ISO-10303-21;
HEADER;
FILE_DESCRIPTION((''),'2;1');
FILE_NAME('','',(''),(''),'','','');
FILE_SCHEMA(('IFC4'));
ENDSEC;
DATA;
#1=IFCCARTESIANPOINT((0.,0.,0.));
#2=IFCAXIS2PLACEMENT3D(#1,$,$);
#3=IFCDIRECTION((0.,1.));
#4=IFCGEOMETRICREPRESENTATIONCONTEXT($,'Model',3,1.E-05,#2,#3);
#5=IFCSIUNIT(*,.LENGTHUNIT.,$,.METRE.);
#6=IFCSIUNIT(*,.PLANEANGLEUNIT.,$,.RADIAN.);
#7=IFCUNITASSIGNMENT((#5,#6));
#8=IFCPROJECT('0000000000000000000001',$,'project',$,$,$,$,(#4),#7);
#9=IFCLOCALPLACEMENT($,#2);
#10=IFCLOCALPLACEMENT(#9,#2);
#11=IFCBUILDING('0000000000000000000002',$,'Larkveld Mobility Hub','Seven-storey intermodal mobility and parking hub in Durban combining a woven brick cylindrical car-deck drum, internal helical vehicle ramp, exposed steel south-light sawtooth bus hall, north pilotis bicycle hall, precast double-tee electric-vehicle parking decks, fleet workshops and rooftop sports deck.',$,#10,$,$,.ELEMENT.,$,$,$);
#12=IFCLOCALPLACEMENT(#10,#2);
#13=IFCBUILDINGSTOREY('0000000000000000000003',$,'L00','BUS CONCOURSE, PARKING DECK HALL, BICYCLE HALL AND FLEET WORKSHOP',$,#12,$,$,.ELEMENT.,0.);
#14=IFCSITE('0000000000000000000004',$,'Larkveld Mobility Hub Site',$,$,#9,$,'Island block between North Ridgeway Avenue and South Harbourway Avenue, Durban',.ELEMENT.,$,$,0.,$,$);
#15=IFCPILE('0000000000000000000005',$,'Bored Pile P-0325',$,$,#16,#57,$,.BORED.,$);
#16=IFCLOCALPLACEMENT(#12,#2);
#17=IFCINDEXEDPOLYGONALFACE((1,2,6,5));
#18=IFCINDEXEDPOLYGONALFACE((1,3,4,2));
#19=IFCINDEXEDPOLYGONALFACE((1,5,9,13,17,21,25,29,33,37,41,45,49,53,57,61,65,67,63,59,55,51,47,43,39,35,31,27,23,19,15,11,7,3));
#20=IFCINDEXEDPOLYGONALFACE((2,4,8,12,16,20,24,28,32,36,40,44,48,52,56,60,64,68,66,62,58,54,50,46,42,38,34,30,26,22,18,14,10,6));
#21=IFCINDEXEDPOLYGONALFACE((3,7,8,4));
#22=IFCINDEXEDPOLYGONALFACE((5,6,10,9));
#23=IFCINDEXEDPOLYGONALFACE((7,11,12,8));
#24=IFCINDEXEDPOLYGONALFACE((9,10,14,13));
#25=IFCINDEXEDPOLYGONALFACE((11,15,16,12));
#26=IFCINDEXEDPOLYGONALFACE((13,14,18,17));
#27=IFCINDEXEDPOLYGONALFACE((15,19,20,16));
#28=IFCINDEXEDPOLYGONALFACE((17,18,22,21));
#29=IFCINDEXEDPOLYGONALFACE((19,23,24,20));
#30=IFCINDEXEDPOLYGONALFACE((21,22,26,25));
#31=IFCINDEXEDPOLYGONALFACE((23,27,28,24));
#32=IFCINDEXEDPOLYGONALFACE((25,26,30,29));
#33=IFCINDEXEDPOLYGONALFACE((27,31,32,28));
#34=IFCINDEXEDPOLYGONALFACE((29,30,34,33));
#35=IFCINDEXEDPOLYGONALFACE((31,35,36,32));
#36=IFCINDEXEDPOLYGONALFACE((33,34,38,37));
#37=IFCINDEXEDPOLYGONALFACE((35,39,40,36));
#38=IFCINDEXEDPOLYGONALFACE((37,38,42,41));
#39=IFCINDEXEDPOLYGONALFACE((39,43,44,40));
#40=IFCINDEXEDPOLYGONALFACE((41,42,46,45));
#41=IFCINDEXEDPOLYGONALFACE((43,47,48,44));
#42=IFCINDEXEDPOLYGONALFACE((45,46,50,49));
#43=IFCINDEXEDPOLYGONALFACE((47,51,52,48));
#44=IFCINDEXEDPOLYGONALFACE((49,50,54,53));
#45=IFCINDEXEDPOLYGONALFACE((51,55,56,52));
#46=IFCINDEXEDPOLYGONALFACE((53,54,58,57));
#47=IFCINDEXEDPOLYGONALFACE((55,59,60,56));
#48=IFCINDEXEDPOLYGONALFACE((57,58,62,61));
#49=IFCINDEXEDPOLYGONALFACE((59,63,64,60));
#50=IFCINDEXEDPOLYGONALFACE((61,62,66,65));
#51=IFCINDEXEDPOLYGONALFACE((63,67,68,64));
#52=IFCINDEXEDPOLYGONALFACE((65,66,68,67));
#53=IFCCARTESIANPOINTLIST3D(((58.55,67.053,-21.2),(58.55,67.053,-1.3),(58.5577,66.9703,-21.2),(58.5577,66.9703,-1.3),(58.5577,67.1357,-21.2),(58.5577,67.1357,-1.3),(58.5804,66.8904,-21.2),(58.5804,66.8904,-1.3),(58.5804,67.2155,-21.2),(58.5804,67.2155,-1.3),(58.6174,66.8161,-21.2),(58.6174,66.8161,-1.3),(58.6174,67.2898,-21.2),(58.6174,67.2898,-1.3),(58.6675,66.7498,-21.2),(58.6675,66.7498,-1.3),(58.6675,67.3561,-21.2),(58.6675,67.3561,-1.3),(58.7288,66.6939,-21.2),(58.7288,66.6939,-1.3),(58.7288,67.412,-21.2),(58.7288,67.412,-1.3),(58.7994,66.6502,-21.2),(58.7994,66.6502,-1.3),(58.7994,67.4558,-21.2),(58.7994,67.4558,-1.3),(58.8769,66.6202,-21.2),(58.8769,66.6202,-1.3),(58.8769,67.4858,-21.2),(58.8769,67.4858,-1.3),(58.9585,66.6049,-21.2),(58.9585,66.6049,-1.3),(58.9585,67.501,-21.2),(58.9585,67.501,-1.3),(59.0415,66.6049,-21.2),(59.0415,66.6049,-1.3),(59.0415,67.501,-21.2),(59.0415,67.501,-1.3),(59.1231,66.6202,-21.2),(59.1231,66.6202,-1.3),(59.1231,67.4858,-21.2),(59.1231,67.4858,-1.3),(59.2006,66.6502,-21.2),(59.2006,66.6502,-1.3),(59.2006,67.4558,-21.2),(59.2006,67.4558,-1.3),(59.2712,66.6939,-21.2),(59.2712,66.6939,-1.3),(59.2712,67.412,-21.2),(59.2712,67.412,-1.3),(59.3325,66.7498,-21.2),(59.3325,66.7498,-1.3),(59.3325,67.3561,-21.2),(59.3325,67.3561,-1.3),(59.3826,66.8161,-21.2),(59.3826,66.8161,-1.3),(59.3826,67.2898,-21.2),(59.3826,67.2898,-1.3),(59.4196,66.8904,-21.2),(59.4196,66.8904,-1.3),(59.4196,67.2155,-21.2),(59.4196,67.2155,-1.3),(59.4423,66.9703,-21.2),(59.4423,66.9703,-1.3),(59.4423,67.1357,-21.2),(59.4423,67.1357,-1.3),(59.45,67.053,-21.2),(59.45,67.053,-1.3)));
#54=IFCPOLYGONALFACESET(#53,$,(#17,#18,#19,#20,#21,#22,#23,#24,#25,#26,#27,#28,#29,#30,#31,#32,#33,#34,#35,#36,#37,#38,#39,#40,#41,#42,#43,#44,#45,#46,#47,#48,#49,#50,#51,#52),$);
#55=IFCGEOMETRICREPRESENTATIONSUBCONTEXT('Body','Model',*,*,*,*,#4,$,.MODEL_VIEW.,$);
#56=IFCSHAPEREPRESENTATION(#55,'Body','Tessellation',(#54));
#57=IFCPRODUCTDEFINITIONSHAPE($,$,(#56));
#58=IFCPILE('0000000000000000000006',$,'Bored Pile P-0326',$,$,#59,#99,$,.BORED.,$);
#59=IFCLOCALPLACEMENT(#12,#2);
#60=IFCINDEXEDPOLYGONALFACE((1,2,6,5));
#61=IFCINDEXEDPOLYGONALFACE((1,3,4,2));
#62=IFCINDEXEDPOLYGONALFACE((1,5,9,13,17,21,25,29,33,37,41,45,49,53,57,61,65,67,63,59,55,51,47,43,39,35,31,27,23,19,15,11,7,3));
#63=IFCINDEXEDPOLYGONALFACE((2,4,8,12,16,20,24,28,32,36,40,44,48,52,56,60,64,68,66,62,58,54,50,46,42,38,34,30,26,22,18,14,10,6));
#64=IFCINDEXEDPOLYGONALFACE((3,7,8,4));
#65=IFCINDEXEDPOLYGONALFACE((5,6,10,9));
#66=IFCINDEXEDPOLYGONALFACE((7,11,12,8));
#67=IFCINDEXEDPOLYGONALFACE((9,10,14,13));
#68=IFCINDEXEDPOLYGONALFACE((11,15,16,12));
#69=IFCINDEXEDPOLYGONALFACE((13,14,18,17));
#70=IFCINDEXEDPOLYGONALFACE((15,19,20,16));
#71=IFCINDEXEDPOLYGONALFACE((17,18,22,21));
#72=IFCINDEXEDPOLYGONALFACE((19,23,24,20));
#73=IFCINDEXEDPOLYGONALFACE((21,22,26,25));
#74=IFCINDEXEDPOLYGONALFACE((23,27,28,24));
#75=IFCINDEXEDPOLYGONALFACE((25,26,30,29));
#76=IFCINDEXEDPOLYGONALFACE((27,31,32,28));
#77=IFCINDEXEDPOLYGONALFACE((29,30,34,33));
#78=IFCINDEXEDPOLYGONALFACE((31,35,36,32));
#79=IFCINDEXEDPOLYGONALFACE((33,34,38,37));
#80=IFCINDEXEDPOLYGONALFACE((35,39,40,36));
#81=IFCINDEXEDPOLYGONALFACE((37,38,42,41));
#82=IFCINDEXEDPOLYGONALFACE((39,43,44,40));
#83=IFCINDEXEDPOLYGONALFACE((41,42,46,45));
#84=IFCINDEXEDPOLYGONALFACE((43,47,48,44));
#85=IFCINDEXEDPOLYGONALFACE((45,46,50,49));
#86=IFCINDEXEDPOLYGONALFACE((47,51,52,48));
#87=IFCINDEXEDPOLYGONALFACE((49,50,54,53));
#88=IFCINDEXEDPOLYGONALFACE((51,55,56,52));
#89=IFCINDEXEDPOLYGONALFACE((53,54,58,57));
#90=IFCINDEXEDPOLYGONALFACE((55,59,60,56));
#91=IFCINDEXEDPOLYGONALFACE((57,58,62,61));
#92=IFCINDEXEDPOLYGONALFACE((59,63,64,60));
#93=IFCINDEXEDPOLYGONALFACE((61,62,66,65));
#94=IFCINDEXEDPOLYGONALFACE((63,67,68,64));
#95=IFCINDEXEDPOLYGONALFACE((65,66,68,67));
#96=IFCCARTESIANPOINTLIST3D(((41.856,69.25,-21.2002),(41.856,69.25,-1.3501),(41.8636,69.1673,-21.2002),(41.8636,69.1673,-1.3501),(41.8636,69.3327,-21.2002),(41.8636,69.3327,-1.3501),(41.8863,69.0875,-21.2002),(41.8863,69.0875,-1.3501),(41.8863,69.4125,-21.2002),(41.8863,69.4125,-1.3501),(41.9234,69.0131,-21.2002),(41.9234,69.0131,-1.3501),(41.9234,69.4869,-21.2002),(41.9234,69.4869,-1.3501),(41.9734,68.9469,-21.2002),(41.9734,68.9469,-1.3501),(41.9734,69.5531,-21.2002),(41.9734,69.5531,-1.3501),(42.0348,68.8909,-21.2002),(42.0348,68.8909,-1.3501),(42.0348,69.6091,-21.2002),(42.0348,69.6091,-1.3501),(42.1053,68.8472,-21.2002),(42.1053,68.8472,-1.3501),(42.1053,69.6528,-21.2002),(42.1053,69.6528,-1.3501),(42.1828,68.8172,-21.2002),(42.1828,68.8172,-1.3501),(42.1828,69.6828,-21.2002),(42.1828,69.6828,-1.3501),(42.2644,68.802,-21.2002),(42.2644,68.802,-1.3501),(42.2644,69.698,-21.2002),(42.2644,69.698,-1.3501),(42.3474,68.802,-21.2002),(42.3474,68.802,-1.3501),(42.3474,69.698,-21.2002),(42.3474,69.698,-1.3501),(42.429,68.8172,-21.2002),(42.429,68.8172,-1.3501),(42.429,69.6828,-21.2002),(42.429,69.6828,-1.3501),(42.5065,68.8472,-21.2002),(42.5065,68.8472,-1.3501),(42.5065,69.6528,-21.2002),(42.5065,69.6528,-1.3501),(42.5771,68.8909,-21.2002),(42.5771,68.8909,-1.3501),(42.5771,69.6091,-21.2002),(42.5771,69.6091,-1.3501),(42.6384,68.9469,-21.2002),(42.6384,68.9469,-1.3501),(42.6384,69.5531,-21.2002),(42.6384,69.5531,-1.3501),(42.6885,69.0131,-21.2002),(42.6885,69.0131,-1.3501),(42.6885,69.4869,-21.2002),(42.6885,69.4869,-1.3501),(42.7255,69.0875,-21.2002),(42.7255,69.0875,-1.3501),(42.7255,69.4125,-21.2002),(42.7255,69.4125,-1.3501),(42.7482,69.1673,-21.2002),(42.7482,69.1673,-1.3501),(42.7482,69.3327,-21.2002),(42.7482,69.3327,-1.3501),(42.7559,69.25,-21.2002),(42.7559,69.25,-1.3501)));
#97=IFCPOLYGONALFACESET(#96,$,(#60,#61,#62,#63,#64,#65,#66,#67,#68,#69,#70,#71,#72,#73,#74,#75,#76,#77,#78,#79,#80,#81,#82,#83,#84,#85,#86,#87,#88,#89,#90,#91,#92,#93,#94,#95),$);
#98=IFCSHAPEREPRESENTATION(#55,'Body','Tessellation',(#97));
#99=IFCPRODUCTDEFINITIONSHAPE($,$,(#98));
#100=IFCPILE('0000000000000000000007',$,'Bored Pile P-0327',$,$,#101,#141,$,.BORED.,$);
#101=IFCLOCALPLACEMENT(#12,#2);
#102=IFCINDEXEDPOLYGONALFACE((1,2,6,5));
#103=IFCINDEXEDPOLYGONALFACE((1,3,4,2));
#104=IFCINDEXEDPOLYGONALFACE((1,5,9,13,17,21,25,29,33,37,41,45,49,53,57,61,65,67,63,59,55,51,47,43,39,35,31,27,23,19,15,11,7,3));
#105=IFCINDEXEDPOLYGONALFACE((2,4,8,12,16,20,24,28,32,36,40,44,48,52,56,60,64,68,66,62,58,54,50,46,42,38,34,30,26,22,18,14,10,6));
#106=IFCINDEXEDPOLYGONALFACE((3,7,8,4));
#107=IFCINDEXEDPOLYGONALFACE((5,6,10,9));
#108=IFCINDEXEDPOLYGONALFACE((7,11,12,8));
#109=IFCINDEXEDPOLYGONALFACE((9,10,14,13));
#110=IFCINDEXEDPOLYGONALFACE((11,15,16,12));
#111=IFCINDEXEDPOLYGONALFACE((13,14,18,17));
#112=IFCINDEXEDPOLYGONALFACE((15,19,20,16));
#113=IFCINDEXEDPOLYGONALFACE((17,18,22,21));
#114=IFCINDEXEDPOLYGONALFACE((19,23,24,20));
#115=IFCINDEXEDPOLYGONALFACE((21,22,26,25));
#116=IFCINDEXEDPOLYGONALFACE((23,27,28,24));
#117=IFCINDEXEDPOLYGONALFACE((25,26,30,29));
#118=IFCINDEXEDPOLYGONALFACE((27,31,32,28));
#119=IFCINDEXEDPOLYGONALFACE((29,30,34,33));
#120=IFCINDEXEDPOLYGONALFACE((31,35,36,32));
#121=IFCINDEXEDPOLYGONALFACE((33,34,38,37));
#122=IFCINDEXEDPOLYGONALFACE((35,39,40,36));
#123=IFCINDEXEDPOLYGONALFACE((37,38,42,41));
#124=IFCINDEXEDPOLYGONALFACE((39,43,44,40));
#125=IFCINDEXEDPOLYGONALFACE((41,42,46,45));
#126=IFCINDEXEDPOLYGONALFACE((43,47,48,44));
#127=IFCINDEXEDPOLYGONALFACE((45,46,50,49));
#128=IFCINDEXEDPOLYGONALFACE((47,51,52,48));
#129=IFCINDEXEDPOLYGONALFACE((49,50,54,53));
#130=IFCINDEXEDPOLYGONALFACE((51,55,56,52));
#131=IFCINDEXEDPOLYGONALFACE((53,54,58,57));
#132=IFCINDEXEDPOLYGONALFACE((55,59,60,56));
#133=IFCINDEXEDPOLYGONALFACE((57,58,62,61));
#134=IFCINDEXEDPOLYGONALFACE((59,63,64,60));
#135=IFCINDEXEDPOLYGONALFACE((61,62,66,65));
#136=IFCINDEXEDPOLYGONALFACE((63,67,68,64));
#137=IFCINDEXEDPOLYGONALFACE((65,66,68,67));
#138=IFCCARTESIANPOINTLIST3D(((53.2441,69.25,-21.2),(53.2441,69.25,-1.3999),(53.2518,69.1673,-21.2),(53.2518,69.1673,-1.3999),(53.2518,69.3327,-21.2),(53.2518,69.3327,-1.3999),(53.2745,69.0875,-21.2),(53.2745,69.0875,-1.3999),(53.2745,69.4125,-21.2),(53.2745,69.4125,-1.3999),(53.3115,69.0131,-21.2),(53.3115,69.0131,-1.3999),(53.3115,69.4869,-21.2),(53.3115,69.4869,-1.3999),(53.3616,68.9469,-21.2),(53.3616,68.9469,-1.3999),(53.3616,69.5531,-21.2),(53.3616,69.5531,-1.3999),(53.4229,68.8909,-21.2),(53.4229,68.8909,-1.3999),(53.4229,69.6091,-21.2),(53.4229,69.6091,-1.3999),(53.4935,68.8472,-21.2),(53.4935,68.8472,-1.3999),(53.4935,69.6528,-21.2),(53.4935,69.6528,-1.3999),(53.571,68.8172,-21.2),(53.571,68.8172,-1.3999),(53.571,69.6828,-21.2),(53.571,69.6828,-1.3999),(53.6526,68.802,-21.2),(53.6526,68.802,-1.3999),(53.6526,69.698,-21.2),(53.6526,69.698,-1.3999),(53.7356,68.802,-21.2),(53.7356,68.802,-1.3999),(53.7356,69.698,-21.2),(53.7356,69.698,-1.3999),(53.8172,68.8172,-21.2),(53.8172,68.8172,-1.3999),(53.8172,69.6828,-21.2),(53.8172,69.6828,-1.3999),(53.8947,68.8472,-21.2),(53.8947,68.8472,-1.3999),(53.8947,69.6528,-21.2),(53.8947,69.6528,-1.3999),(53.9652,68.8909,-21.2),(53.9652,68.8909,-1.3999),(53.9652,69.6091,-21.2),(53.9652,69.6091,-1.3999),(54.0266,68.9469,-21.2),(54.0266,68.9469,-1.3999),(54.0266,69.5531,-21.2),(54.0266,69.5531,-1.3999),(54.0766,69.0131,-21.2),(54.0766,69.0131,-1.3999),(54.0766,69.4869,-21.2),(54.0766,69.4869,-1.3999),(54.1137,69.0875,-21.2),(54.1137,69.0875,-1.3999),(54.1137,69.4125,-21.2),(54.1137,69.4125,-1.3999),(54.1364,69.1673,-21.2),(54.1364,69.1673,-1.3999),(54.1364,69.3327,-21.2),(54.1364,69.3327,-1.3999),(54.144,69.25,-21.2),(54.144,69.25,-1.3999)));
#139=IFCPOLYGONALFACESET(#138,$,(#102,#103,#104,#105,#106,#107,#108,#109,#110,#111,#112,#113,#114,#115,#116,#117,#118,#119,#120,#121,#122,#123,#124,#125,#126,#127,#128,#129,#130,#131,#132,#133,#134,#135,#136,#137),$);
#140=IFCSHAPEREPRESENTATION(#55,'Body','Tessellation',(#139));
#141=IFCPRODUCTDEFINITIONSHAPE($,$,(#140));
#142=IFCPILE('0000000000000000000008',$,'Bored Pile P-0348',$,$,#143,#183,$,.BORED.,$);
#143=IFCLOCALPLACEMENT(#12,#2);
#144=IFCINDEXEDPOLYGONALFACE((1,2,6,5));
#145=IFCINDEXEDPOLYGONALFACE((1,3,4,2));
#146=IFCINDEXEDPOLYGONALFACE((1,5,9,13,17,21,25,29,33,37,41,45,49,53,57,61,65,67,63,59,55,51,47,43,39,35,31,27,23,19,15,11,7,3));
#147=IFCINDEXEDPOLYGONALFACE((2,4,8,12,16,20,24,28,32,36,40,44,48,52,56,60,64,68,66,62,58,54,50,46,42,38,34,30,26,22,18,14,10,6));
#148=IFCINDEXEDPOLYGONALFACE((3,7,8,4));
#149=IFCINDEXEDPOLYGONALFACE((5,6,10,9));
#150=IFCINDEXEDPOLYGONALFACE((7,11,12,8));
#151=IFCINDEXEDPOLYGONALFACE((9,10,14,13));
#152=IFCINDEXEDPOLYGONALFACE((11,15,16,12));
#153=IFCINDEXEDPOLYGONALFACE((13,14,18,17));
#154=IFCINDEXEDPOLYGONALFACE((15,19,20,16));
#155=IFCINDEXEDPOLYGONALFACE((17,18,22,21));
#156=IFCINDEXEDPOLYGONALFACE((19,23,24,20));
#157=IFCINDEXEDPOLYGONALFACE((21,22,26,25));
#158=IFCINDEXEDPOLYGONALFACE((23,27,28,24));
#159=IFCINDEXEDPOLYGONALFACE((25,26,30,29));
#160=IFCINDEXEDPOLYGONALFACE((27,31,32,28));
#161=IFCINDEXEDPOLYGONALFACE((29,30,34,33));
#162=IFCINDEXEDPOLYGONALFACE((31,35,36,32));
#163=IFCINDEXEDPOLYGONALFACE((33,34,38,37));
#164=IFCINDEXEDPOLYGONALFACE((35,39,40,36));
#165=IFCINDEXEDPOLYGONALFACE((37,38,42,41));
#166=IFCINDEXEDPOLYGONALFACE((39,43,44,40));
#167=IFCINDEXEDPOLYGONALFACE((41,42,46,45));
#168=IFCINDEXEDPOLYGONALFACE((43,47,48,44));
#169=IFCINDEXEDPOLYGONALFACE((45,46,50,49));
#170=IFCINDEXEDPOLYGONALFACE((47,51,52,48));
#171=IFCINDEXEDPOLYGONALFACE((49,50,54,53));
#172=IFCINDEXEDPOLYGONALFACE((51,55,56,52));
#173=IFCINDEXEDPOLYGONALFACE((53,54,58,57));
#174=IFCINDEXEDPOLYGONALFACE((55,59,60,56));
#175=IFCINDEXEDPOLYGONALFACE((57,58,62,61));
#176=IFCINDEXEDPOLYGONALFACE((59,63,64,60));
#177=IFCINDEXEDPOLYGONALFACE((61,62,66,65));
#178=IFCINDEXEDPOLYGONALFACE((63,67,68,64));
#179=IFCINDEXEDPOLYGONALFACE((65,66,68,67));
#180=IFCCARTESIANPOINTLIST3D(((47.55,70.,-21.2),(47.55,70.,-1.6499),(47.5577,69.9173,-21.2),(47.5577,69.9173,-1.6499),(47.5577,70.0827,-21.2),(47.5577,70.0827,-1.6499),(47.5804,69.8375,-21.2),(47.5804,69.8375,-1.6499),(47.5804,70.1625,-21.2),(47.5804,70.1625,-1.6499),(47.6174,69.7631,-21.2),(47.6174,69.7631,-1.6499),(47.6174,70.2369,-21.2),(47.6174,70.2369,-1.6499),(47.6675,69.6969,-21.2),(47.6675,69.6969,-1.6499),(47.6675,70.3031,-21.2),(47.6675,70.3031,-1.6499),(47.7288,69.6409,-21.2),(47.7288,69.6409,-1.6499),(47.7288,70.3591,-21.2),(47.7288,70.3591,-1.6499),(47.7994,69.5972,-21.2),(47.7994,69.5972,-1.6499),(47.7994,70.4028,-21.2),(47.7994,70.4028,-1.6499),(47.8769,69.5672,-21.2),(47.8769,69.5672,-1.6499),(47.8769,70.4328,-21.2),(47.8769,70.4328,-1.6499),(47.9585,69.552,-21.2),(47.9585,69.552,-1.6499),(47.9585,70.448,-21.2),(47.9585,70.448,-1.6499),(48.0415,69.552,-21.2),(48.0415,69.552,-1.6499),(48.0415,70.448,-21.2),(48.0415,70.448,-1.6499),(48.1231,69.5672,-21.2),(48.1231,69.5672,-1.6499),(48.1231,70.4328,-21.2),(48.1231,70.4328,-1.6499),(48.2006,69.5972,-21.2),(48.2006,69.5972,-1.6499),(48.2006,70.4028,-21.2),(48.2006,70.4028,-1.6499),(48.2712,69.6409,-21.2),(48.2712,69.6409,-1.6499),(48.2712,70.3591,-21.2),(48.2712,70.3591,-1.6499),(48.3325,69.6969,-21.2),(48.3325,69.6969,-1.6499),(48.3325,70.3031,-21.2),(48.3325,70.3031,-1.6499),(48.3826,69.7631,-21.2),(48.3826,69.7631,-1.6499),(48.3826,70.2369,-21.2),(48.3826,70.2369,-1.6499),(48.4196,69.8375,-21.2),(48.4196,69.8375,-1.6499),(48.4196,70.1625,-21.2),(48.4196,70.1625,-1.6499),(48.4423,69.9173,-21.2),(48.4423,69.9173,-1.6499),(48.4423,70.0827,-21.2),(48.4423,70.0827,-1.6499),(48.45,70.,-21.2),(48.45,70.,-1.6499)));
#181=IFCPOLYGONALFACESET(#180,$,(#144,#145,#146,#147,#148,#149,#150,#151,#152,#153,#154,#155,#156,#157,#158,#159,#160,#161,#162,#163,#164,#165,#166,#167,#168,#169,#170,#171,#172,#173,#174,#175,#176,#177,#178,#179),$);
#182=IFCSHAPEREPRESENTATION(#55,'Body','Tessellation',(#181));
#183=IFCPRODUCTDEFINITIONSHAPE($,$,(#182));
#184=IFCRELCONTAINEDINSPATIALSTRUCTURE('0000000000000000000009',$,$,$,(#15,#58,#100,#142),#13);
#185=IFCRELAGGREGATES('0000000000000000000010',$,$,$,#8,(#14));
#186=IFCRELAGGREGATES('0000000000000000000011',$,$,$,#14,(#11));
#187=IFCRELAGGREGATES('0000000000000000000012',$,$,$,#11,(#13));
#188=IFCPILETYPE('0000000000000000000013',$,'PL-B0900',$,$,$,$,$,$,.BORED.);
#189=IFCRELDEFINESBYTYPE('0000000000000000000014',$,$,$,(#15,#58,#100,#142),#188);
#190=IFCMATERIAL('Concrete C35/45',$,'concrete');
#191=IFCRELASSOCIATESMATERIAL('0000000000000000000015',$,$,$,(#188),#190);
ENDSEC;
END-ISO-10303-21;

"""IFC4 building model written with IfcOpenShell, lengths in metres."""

from ifc_helpers import new_model, si_unit, direction, frame, origin, origin_2d, place, context, subcontext, project, spatial, circle, extrude, material, material_profile, profile_set, type_object, element, save


model = new_model("IFC4")

# Units and contexts
model_context = context("Model", 3, precision=1e-05, world=origin(), true_north=direction((0.0, 1.0)))
body_context = subcontext(model_context, "Body", "Model", "MODEL_VIEW")
ifc_project = project(units=[si_unit("LENGTHUNIT", "METRE"), si_unit("PLANEANGLEUNIT", "RADIAN")], contexts=[model_context])

# Site, building, storey
site_placement = place(None, origin())
site = spatial("IfcSite", under=ifc_project, at=site_placement, Name="Larkveld Mobility Hub Site", LongName="Island block between North Ridgeway Avenue and South Harbourway Avenue, Durban", CompositionType="ELEMENT", RefElevation=0.0)
building_placement = place(site_placement, origin())
building = spatial("IfcBuilding", under=site, at=building_placement, Name="Larkveld Mobility Hub", Description="Seven-storey intermodal mobility and parking hub in Durban combining a woven brick cylindrical car-deck drum, internal helical vehicle ramp, exposed steel south-light sawtooth bus hall, north pilotis bicycle hall, precast double-tee electric-vehicle parking decks, fleet workshops and rooftop sports deck.", CompositionType="ELEMENT")
storey_placement = place(building_placement, origin())
storey = spatial("IfcBuildingStorey", under=building, at=storey_placement, Name="L00", Description="BUS CONCOURSE, PARKING DECK HALL, BICYCLE HALL AND FLEET WORKSHOP", CompositionType="ELEMENT", Elevation=0.0)

# Shared definitions
ifc_material_1 = material(Name="Concrete C35/45", Category="concrete")

# Piles
ifc_material_profile_1 = material_profile(ifc_material_1, circle(Radius=0.45, at=origin_2d()), Name="PILE D900")
ifc_profile_set_1 = profile_set([ifc_material_profile_1], Name="Concrete C35/45")
pile_type = type_object("IfcPileType", Name="PL-B0900", PredefinedType="BORED", material=ifc_profile_set_1)
pile_1_placement = place(storey_placement, frame((59.0, 67.053, -1.3), z_axis=(0.0, 0.0, -1.0), x_axis=(1.0, 0.0, 0.0)))
element("IfcPile", 1, at=pile_1_placement, inside=storey, type_object=pile_type, Name="Bored Pile P-0325", PredefinedType="BORED", context=body_context, shape_type="SweptSolid", body=[
    extrude(circle(Radius=0.45, at=origin_2d()), origin(), (0.0, 0.0, 1.0), 19.8999),
])
pile_2_placement = place(storey_placement, frame((42.3059, 69.25, -1.3501), z_axis=(0.0, 0.0, -1.0), x_axis=(1.0, 0.0, 0.0)))
element("IfcPile", 2, at=pile_2_placement, inside=storey, type_object=pile_type, Name="Bored Pile P-0326", PredefinedType="BORED", context=body_context, shape_type="SweptSolid", body=[
    extrude(circle(Radius=0.45, at=origin_2d()), origin(), (0.0, 0.0, 1.0), 19.8501),
])
pile_3_placement = place(storey_placement, frame((53.6941, 69.25, -1.3999), z_axis=(0.0, 0.0, -1.0), x_axis=(1.0, 0.0, 0.0)))
element("IfcPile", 3, at=pile_3_placement, inside=storey, type_object=pile_type, Name="Bored Pile P-0327", PredefinedType="BORED", context=body_context, shape_type="SweptSolid", body=[
    extrude(circle(Radius=0.45, at=origin_2d()), origin(), (0.0, 0.0, 1.0), 19.8),
])
pile_4_placement = place(storey_placement, frame((48.0, 70.0, -1.6499), z_axis=(0.0, 0.0, -1.0), x_axis=(1.0, 0.0, 0.0)))
element("IfcPile", 4, at=pile_4_placement, inside=storey, type_object=pile_type, Name="Bored Pile P-0348", PredefinedType="BORED", context=body_context, shape_type="SweptSolid", body=[
    extrude(circle(Radius=0.45, at=origin_2d()), origin(), (0.0, 0.0, 1.0), 19.55),
])

save(model, "model.ifc")
